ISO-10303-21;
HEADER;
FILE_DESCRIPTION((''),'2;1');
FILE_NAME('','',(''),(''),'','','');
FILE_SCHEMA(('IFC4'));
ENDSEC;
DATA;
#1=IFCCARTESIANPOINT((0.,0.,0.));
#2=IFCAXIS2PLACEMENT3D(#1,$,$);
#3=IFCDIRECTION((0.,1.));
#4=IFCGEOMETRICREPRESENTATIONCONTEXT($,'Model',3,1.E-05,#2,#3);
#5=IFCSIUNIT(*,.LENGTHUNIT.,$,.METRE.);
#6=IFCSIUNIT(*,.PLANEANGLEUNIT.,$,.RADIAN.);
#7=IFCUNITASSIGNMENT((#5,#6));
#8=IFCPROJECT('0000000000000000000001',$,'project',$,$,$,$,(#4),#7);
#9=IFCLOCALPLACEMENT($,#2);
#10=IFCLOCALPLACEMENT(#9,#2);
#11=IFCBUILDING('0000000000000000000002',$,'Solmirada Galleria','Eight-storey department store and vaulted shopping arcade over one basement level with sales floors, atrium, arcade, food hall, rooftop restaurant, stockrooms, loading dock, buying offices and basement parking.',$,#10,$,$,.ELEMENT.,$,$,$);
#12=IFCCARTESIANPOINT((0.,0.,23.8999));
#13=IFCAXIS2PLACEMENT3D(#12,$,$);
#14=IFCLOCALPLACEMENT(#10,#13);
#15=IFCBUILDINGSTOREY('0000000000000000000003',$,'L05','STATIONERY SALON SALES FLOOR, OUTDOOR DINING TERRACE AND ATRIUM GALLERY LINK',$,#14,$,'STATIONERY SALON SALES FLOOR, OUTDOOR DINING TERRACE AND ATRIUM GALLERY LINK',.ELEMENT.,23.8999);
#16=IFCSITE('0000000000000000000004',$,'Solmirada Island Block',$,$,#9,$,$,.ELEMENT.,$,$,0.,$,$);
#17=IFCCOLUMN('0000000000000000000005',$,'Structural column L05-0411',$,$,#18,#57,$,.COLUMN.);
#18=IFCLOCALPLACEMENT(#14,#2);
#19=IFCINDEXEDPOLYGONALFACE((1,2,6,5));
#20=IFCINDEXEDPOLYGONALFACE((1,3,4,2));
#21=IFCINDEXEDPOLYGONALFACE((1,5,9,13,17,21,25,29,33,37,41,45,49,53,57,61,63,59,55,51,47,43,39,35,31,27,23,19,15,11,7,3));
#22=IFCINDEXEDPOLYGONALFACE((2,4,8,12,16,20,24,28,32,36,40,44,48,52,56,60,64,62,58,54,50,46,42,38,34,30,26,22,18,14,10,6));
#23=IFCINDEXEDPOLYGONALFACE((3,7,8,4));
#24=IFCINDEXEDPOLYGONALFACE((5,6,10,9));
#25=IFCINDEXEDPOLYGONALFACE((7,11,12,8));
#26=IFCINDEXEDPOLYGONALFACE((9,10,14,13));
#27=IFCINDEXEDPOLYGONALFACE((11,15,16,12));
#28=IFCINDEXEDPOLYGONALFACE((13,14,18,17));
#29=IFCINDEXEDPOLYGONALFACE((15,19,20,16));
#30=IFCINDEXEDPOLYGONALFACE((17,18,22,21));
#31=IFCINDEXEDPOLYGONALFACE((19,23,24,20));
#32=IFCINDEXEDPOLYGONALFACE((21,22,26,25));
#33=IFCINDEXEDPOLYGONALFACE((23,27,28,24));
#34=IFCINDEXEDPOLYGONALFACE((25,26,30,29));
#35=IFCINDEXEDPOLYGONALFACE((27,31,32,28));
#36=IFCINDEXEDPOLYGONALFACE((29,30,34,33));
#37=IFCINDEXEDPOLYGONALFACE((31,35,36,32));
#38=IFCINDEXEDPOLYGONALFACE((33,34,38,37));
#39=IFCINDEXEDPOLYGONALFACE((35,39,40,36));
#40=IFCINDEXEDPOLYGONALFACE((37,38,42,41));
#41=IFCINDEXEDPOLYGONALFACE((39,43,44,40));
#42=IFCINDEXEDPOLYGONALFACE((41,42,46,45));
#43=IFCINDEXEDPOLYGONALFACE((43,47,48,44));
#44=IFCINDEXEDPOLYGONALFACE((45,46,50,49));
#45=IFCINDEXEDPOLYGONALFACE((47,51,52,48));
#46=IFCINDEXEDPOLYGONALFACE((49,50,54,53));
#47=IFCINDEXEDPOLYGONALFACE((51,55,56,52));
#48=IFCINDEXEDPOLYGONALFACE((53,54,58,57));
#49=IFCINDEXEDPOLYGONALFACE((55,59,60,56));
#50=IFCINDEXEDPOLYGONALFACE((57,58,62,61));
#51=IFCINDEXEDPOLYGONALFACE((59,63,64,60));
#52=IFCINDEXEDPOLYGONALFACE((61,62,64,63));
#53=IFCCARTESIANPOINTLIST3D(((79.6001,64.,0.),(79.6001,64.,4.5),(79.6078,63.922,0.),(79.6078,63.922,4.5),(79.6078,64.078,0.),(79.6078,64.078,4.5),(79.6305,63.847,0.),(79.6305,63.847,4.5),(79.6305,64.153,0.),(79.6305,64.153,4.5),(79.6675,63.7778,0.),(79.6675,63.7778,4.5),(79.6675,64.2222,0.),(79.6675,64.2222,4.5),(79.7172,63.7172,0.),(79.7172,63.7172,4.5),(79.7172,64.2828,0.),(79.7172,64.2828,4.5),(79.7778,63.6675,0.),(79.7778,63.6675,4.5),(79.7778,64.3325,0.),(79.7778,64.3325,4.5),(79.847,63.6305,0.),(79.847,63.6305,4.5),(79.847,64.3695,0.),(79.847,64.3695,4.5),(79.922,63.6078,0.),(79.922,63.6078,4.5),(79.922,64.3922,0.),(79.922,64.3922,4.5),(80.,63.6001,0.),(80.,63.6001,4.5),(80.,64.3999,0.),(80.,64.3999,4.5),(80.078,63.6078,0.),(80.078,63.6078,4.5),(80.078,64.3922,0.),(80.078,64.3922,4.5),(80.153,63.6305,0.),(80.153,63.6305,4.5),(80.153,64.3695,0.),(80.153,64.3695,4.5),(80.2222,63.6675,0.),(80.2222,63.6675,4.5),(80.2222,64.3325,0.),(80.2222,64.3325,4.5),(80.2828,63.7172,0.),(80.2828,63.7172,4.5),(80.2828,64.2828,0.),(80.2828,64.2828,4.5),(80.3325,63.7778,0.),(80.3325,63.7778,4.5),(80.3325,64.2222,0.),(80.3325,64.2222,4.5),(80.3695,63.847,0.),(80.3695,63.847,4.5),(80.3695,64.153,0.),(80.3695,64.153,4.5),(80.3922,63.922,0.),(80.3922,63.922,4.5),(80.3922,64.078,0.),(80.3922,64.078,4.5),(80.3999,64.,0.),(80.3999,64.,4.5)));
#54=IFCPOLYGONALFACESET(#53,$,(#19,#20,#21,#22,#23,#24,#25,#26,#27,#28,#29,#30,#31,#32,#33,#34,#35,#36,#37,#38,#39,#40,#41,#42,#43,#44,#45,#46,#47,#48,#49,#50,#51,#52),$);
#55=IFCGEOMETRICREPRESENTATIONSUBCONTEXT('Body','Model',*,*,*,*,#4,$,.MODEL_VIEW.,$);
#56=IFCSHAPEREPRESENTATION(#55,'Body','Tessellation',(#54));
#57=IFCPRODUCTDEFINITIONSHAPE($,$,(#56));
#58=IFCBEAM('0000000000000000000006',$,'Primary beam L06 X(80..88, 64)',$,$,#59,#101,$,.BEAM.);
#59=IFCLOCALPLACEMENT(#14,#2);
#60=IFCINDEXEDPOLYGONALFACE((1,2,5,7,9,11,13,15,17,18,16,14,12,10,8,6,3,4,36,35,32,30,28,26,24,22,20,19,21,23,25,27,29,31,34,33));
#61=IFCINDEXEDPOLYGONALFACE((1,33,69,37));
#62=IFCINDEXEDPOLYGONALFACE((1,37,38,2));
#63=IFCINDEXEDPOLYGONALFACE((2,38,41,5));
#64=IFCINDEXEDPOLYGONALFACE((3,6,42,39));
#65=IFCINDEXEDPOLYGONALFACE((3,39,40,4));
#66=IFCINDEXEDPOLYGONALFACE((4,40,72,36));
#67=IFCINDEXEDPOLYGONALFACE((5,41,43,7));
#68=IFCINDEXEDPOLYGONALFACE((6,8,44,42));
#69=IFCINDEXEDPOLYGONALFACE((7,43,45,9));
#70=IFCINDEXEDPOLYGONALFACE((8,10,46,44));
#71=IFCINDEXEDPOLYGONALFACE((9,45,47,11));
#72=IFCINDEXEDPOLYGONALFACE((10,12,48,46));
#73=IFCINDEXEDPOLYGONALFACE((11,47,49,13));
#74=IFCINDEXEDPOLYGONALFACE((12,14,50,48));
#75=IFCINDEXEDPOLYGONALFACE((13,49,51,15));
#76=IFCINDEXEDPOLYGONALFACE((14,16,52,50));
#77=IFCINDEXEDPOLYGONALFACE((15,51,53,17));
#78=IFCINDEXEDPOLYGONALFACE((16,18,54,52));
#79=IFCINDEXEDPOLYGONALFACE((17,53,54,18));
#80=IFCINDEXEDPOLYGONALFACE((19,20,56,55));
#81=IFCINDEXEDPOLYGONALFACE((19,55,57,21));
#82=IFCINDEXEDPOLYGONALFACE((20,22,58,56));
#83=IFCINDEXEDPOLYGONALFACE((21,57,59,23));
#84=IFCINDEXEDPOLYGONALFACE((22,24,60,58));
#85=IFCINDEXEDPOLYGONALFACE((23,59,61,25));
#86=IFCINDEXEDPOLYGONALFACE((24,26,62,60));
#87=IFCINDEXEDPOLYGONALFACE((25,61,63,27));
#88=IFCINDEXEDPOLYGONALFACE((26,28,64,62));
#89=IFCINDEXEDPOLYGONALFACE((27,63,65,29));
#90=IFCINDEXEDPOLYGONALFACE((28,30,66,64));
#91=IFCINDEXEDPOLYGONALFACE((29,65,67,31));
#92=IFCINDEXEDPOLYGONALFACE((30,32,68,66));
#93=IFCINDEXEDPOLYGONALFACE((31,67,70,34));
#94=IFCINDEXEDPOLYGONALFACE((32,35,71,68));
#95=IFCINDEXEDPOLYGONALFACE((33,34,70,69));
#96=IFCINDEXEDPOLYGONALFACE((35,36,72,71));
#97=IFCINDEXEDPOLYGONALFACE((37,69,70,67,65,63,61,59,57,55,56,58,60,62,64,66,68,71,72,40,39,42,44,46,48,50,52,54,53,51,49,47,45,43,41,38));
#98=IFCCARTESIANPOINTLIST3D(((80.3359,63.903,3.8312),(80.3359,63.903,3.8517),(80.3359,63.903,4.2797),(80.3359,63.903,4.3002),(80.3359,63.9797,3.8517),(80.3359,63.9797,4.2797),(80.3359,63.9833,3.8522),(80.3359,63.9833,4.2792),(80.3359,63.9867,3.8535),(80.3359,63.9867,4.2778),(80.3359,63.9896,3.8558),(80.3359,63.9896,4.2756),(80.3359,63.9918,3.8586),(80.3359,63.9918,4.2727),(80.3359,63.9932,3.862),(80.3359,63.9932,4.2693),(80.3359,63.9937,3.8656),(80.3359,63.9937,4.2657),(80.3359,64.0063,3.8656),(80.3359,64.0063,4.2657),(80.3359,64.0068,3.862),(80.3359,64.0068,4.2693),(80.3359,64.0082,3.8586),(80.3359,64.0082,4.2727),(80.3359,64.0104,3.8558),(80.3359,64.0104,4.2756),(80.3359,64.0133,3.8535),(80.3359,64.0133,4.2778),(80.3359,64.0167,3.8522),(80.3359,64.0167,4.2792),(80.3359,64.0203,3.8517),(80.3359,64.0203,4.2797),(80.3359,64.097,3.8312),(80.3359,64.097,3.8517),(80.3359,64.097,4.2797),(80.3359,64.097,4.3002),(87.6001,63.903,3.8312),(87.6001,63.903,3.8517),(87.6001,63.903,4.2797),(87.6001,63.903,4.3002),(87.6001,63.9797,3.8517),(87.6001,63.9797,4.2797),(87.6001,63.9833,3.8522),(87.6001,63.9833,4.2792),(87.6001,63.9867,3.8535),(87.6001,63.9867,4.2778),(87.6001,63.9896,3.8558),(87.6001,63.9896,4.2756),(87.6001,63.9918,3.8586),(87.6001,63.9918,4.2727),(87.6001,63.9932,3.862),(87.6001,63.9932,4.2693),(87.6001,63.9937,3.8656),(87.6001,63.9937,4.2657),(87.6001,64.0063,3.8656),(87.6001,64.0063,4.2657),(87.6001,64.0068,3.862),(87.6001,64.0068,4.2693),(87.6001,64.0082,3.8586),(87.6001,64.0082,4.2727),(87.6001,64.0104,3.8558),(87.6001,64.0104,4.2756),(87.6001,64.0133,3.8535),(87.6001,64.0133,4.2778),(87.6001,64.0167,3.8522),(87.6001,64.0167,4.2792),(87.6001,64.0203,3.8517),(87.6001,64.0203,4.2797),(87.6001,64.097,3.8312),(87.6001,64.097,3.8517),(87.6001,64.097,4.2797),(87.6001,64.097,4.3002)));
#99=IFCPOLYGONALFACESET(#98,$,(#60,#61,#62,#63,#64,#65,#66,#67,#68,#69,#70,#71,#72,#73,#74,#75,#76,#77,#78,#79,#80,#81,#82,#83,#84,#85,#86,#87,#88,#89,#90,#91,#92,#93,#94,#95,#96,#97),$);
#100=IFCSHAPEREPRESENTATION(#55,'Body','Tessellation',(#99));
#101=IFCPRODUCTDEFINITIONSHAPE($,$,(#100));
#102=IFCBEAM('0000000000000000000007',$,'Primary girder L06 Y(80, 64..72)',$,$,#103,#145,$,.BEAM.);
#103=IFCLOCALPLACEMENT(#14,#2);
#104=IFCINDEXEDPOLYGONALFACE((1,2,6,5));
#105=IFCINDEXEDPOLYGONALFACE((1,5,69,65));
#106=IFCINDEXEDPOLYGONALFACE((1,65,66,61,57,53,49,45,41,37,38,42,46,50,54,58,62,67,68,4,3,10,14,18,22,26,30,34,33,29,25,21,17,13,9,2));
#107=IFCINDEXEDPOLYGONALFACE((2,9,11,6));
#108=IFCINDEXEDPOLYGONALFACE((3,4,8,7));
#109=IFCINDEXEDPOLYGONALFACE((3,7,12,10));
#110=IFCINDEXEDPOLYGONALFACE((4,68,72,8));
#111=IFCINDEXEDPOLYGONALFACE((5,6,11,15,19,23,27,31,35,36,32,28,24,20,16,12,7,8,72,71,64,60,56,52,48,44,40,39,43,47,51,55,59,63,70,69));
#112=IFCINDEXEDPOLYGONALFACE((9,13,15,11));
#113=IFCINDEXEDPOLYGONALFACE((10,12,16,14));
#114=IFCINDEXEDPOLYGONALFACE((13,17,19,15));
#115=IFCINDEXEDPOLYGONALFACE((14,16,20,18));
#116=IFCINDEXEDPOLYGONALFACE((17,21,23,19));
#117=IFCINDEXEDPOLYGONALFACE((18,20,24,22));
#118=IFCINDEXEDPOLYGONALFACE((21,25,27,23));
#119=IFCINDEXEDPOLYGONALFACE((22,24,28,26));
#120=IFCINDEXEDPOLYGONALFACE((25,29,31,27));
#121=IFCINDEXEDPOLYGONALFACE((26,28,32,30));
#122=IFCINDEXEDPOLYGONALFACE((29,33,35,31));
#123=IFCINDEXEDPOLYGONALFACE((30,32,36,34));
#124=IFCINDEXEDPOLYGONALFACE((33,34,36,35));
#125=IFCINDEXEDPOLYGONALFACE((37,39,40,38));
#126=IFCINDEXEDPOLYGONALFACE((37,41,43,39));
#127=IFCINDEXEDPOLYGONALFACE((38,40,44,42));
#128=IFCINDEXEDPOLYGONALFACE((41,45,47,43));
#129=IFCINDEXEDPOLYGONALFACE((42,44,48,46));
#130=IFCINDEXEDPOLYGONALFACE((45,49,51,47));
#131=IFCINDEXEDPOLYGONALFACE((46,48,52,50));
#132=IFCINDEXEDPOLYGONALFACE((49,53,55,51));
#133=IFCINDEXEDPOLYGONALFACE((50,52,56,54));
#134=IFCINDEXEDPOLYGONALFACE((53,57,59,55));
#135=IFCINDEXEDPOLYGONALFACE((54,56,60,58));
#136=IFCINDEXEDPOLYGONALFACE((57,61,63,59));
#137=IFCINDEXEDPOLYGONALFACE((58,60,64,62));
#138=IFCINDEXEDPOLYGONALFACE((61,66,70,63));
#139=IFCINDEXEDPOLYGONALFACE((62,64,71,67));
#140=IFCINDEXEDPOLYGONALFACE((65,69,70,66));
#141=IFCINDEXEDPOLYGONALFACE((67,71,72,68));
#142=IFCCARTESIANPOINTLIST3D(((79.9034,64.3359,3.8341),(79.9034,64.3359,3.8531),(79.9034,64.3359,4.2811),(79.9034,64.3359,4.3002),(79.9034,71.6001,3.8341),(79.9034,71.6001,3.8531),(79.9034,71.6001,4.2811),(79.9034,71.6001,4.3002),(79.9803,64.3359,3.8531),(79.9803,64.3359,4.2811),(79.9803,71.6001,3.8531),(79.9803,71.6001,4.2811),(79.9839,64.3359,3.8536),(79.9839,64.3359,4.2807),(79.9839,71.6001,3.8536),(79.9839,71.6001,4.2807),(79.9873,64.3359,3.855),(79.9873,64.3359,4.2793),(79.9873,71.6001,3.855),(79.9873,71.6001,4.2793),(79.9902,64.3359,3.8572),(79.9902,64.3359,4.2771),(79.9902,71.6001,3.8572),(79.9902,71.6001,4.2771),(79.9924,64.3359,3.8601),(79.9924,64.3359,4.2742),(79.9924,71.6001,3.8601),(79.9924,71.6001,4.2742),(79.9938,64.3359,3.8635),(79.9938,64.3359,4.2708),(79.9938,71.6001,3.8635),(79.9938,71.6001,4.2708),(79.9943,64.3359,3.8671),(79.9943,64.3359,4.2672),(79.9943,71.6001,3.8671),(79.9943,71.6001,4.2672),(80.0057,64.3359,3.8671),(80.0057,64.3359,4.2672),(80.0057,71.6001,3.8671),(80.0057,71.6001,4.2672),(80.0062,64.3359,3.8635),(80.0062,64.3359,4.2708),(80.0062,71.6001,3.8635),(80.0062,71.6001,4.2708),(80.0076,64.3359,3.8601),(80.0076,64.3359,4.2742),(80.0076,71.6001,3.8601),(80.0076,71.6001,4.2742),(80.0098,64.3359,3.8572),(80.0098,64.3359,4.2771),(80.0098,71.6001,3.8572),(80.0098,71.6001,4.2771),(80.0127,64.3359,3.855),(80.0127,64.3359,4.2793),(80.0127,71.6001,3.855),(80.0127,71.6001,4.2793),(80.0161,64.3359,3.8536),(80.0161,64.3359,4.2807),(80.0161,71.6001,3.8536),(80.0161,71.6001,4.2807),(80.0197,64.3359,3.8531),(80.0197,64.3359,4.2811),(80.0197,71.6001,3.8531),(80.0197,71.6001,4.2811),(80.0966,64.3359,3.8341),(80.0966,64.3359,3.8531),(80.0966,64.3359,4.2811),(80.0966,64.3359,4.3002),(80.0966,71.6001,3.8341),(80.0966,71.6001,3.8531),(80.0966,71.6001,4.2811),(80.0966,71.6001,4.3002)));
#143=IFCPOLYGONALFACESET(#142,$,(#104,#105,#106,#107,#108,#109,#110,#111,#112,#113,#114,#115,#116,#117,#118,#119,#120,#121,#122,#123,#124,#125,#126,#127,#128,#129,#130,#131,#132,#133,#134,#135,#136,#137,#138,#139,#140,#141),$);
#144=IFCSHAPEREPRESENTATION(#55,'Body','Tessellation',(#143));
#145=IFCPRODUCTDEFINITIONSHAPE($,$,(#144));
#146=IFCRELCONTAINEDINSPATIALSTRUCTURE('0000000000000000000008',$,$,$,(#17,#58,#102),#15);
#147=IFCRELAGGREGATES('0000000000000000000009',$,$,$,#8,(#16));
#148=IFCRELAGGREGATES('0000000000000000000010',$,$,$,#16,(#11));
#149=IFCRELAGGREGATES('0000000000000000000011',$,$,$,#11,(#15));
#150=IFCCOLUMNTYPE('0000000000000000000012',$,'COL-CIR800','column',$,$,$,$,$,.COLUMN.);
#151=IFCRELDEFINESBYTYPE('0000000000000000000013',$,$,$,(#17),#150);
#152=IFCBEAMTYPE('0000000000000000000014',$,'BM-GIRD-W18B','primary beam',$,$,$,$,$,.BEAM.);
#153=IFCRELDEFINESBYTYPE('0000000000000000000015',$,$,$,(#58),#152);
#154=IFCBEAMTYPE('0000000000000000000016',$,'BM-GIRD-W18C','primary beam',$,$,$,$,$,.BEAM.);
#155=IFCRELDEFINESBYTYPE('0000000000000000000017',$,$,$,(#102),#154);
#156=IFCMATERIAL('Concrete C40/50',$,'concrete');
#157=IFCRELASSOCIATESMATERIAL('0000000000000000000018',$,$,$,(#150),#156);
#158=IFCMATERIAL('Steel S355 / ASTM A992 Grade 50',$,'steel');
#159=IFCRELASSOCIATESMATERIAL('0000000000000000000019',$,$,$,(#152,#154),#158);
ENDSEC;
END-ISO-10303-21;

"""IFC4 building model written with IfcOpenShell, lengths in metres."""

from ifc_helpers import new_model, si_unit, direction, frame, origin, origin_2d, place, context, subcontext, project, spatial, circle, i_section, extrude, material, material_profile, profile_set, type_object, element, save


model = new_model("IFC4")

# Units and contexts
model_context = context("Model", 3, precision=1e-05, world=origin(), true_north=direction((0.0, 1.0)))
body_context = subcontext(model_context, "Body", "Model", "MODEL_VIEW")
ifc_project = project(units=[si_unit("LENGTHUNIT", "METRE"), si_unit("PLANEANGLEUNIT", "RADIAN")], contexts=[model_context])

# Site, building, storey
site_placement = place(None, origin())
site = spatial("IfcSite", under=ifc_project, at=site_placement, Name="Solmirada Island Block", CompositionType="ELEMENT", RefElevation=0.0)
building_placement = place(site_placement, origin())
building = spatial("IfcBuilding", under=site, at=building_placement, Name="Solmirada Galleria", Description="Eight-storey department store and vaulted shopping arcade over one basement level with sales floors, atrium, arcade, food hall, rooftop restaurant, stockrooms, loading dock, buying offices and basement parking.", CompositionType="ELEMENT")
storey_placement = place(building_placement, frame((0.0, 0.0, 23.8999)))
storey = spatial("IfcBuildingStorey", under=building, at=storey_placement, Name="L05", Description="STATIONERY SALON SALES FLOOR, OUTDOOR DINING TERRACE AND ATRIUM GALLERY LINK", LongName="STATIONERY SALON SALES FLOOR, OUTDOOR DINING TERRACE AND ATRIUM GALLERY LINK", CompositionType="ELEMENT", Elevation=23.8999)

# Column
ifc_material_1 = material(Name="Concrete C40/50", Category="concrete")
ifc_material_profile_1 = material_profile(ifc_material_1, circle(Radius=0.3999, at=origin_2d()), Name="RCCOL800")
ifc_profile_set_1 = profile_set([ifc_material_profile_1], Name="Concrete C40/50")
column_type = type_object("IfcColumnType", Name="COL-CIR800", Description="column", PredefinedType="COLUMN", material=ifc_profile_set_1)
column_placement = place(storey_placement, frame((80.0, 64.0, 0.0), z_axis=(0.0, 0.0, 1.0), x_axis=(1.0, 0.0, 0.0)))
element("IfcColumn", 1, at=column_placement, inside=storey, type_object=column_type, Name="Structural column L05-0411", PredefinedType="COLUMN", context=body_context, shape_type="SweptSolid", body=[
    extrude(circle(Radius=0.3999, at=origin_2d()), origin(), (0.0, 0.0, 1.0), 4.5),
])

# Beams
ifc_material_2 = material(Name="Steel S355 / ASTM A992 Grade 50", Category="steel")
ifc_material_profile_2 = material_profile(ifc_material_2, i_section(OverallWidth=0.1941, OverallDepth=0.469, WebThickness=0.0127, FlangeThickness=0.0205, FilletRadius=0.0139, at=origin_2d()), Name="W18X71")
ifc_profile_set_2 = profile_set([ifc_material_profile_2], Name="Steel S355 / ASTM A992 Grade 50")
beam_type_1 = type_object("IfcBeamType", Name="BM-GIRD-W18B", Description="primary beam", PredefinedType="BEAM", material=ifc_profile_set_2)
beam_1_placement = place(storey_placement, frame((80.3359, 64.0, 4.0657), z_axis=(1.0, 0.0, 0.0), x_axis=(0.0, 1.0, 0.0)))
element("IfcBeam", 2, at=beam_1_placement, inside=storey, type_object=beam_type_1, Name="Primary beam L06 X(80..88, 64)", PredefinedType="BEAM", context=body_context, shape_type="SweptSolid", body=[
    extrude(i_section(OverallWidth=0.1941, OverallDepth=0.469, WebThickness=0.0127, FlangeThickness=0.0205, FilletRadius=0.0139, at=origin_2d()), origin(), (0.0, 0.0, 1.0), 7.2642),
])
ifc_material_profile_3 = material_profile(ifc_material_2, i_section(OverallWidth=0.1931, OverallDepth=0.4661, WebThickness=0.0115, FlangeThickness=0.019, FilletRadius=0.0139, at=origin_2d()), Name="W18X65")
ifc_profile_set_3 = profile_set([ifc_material_profile_3], Name="Steel S355 / ASTM A992 Grade 50")
beam_type_2 = type_object("IfcBeamType", Name="BM-GIRD-W18C", Description="primary beam", PredefinedType="BEAM", material=ifc_profile_set_3)
beam_2_placement = place(storey_placement, frame((80.0, 64.3359, 4.0671), z_axis=(0.0, 1.0, 0.0), x_axis=(-1.0, 0.0, 0.0)))
element("IfcBeam", 3, at=beam_2_placement, inside=storey, type_object=beam_type_2, Name="Primary girder L06 Y(80, 64..72)", PredefinedType="BEAM", context=body_context, shape_type="SweptSolid", body=[
    extrude(i_section(OverallWidth=0.1931, OverallDepth=0.4661, WebThickness=0.0115, FlangeThickness=0.019, FilletRadius=0.0139, at=origin_2d()), origin(), (0.0, 0.0, 1.0), 7.2642),
])

save(model, "model.ifc")
